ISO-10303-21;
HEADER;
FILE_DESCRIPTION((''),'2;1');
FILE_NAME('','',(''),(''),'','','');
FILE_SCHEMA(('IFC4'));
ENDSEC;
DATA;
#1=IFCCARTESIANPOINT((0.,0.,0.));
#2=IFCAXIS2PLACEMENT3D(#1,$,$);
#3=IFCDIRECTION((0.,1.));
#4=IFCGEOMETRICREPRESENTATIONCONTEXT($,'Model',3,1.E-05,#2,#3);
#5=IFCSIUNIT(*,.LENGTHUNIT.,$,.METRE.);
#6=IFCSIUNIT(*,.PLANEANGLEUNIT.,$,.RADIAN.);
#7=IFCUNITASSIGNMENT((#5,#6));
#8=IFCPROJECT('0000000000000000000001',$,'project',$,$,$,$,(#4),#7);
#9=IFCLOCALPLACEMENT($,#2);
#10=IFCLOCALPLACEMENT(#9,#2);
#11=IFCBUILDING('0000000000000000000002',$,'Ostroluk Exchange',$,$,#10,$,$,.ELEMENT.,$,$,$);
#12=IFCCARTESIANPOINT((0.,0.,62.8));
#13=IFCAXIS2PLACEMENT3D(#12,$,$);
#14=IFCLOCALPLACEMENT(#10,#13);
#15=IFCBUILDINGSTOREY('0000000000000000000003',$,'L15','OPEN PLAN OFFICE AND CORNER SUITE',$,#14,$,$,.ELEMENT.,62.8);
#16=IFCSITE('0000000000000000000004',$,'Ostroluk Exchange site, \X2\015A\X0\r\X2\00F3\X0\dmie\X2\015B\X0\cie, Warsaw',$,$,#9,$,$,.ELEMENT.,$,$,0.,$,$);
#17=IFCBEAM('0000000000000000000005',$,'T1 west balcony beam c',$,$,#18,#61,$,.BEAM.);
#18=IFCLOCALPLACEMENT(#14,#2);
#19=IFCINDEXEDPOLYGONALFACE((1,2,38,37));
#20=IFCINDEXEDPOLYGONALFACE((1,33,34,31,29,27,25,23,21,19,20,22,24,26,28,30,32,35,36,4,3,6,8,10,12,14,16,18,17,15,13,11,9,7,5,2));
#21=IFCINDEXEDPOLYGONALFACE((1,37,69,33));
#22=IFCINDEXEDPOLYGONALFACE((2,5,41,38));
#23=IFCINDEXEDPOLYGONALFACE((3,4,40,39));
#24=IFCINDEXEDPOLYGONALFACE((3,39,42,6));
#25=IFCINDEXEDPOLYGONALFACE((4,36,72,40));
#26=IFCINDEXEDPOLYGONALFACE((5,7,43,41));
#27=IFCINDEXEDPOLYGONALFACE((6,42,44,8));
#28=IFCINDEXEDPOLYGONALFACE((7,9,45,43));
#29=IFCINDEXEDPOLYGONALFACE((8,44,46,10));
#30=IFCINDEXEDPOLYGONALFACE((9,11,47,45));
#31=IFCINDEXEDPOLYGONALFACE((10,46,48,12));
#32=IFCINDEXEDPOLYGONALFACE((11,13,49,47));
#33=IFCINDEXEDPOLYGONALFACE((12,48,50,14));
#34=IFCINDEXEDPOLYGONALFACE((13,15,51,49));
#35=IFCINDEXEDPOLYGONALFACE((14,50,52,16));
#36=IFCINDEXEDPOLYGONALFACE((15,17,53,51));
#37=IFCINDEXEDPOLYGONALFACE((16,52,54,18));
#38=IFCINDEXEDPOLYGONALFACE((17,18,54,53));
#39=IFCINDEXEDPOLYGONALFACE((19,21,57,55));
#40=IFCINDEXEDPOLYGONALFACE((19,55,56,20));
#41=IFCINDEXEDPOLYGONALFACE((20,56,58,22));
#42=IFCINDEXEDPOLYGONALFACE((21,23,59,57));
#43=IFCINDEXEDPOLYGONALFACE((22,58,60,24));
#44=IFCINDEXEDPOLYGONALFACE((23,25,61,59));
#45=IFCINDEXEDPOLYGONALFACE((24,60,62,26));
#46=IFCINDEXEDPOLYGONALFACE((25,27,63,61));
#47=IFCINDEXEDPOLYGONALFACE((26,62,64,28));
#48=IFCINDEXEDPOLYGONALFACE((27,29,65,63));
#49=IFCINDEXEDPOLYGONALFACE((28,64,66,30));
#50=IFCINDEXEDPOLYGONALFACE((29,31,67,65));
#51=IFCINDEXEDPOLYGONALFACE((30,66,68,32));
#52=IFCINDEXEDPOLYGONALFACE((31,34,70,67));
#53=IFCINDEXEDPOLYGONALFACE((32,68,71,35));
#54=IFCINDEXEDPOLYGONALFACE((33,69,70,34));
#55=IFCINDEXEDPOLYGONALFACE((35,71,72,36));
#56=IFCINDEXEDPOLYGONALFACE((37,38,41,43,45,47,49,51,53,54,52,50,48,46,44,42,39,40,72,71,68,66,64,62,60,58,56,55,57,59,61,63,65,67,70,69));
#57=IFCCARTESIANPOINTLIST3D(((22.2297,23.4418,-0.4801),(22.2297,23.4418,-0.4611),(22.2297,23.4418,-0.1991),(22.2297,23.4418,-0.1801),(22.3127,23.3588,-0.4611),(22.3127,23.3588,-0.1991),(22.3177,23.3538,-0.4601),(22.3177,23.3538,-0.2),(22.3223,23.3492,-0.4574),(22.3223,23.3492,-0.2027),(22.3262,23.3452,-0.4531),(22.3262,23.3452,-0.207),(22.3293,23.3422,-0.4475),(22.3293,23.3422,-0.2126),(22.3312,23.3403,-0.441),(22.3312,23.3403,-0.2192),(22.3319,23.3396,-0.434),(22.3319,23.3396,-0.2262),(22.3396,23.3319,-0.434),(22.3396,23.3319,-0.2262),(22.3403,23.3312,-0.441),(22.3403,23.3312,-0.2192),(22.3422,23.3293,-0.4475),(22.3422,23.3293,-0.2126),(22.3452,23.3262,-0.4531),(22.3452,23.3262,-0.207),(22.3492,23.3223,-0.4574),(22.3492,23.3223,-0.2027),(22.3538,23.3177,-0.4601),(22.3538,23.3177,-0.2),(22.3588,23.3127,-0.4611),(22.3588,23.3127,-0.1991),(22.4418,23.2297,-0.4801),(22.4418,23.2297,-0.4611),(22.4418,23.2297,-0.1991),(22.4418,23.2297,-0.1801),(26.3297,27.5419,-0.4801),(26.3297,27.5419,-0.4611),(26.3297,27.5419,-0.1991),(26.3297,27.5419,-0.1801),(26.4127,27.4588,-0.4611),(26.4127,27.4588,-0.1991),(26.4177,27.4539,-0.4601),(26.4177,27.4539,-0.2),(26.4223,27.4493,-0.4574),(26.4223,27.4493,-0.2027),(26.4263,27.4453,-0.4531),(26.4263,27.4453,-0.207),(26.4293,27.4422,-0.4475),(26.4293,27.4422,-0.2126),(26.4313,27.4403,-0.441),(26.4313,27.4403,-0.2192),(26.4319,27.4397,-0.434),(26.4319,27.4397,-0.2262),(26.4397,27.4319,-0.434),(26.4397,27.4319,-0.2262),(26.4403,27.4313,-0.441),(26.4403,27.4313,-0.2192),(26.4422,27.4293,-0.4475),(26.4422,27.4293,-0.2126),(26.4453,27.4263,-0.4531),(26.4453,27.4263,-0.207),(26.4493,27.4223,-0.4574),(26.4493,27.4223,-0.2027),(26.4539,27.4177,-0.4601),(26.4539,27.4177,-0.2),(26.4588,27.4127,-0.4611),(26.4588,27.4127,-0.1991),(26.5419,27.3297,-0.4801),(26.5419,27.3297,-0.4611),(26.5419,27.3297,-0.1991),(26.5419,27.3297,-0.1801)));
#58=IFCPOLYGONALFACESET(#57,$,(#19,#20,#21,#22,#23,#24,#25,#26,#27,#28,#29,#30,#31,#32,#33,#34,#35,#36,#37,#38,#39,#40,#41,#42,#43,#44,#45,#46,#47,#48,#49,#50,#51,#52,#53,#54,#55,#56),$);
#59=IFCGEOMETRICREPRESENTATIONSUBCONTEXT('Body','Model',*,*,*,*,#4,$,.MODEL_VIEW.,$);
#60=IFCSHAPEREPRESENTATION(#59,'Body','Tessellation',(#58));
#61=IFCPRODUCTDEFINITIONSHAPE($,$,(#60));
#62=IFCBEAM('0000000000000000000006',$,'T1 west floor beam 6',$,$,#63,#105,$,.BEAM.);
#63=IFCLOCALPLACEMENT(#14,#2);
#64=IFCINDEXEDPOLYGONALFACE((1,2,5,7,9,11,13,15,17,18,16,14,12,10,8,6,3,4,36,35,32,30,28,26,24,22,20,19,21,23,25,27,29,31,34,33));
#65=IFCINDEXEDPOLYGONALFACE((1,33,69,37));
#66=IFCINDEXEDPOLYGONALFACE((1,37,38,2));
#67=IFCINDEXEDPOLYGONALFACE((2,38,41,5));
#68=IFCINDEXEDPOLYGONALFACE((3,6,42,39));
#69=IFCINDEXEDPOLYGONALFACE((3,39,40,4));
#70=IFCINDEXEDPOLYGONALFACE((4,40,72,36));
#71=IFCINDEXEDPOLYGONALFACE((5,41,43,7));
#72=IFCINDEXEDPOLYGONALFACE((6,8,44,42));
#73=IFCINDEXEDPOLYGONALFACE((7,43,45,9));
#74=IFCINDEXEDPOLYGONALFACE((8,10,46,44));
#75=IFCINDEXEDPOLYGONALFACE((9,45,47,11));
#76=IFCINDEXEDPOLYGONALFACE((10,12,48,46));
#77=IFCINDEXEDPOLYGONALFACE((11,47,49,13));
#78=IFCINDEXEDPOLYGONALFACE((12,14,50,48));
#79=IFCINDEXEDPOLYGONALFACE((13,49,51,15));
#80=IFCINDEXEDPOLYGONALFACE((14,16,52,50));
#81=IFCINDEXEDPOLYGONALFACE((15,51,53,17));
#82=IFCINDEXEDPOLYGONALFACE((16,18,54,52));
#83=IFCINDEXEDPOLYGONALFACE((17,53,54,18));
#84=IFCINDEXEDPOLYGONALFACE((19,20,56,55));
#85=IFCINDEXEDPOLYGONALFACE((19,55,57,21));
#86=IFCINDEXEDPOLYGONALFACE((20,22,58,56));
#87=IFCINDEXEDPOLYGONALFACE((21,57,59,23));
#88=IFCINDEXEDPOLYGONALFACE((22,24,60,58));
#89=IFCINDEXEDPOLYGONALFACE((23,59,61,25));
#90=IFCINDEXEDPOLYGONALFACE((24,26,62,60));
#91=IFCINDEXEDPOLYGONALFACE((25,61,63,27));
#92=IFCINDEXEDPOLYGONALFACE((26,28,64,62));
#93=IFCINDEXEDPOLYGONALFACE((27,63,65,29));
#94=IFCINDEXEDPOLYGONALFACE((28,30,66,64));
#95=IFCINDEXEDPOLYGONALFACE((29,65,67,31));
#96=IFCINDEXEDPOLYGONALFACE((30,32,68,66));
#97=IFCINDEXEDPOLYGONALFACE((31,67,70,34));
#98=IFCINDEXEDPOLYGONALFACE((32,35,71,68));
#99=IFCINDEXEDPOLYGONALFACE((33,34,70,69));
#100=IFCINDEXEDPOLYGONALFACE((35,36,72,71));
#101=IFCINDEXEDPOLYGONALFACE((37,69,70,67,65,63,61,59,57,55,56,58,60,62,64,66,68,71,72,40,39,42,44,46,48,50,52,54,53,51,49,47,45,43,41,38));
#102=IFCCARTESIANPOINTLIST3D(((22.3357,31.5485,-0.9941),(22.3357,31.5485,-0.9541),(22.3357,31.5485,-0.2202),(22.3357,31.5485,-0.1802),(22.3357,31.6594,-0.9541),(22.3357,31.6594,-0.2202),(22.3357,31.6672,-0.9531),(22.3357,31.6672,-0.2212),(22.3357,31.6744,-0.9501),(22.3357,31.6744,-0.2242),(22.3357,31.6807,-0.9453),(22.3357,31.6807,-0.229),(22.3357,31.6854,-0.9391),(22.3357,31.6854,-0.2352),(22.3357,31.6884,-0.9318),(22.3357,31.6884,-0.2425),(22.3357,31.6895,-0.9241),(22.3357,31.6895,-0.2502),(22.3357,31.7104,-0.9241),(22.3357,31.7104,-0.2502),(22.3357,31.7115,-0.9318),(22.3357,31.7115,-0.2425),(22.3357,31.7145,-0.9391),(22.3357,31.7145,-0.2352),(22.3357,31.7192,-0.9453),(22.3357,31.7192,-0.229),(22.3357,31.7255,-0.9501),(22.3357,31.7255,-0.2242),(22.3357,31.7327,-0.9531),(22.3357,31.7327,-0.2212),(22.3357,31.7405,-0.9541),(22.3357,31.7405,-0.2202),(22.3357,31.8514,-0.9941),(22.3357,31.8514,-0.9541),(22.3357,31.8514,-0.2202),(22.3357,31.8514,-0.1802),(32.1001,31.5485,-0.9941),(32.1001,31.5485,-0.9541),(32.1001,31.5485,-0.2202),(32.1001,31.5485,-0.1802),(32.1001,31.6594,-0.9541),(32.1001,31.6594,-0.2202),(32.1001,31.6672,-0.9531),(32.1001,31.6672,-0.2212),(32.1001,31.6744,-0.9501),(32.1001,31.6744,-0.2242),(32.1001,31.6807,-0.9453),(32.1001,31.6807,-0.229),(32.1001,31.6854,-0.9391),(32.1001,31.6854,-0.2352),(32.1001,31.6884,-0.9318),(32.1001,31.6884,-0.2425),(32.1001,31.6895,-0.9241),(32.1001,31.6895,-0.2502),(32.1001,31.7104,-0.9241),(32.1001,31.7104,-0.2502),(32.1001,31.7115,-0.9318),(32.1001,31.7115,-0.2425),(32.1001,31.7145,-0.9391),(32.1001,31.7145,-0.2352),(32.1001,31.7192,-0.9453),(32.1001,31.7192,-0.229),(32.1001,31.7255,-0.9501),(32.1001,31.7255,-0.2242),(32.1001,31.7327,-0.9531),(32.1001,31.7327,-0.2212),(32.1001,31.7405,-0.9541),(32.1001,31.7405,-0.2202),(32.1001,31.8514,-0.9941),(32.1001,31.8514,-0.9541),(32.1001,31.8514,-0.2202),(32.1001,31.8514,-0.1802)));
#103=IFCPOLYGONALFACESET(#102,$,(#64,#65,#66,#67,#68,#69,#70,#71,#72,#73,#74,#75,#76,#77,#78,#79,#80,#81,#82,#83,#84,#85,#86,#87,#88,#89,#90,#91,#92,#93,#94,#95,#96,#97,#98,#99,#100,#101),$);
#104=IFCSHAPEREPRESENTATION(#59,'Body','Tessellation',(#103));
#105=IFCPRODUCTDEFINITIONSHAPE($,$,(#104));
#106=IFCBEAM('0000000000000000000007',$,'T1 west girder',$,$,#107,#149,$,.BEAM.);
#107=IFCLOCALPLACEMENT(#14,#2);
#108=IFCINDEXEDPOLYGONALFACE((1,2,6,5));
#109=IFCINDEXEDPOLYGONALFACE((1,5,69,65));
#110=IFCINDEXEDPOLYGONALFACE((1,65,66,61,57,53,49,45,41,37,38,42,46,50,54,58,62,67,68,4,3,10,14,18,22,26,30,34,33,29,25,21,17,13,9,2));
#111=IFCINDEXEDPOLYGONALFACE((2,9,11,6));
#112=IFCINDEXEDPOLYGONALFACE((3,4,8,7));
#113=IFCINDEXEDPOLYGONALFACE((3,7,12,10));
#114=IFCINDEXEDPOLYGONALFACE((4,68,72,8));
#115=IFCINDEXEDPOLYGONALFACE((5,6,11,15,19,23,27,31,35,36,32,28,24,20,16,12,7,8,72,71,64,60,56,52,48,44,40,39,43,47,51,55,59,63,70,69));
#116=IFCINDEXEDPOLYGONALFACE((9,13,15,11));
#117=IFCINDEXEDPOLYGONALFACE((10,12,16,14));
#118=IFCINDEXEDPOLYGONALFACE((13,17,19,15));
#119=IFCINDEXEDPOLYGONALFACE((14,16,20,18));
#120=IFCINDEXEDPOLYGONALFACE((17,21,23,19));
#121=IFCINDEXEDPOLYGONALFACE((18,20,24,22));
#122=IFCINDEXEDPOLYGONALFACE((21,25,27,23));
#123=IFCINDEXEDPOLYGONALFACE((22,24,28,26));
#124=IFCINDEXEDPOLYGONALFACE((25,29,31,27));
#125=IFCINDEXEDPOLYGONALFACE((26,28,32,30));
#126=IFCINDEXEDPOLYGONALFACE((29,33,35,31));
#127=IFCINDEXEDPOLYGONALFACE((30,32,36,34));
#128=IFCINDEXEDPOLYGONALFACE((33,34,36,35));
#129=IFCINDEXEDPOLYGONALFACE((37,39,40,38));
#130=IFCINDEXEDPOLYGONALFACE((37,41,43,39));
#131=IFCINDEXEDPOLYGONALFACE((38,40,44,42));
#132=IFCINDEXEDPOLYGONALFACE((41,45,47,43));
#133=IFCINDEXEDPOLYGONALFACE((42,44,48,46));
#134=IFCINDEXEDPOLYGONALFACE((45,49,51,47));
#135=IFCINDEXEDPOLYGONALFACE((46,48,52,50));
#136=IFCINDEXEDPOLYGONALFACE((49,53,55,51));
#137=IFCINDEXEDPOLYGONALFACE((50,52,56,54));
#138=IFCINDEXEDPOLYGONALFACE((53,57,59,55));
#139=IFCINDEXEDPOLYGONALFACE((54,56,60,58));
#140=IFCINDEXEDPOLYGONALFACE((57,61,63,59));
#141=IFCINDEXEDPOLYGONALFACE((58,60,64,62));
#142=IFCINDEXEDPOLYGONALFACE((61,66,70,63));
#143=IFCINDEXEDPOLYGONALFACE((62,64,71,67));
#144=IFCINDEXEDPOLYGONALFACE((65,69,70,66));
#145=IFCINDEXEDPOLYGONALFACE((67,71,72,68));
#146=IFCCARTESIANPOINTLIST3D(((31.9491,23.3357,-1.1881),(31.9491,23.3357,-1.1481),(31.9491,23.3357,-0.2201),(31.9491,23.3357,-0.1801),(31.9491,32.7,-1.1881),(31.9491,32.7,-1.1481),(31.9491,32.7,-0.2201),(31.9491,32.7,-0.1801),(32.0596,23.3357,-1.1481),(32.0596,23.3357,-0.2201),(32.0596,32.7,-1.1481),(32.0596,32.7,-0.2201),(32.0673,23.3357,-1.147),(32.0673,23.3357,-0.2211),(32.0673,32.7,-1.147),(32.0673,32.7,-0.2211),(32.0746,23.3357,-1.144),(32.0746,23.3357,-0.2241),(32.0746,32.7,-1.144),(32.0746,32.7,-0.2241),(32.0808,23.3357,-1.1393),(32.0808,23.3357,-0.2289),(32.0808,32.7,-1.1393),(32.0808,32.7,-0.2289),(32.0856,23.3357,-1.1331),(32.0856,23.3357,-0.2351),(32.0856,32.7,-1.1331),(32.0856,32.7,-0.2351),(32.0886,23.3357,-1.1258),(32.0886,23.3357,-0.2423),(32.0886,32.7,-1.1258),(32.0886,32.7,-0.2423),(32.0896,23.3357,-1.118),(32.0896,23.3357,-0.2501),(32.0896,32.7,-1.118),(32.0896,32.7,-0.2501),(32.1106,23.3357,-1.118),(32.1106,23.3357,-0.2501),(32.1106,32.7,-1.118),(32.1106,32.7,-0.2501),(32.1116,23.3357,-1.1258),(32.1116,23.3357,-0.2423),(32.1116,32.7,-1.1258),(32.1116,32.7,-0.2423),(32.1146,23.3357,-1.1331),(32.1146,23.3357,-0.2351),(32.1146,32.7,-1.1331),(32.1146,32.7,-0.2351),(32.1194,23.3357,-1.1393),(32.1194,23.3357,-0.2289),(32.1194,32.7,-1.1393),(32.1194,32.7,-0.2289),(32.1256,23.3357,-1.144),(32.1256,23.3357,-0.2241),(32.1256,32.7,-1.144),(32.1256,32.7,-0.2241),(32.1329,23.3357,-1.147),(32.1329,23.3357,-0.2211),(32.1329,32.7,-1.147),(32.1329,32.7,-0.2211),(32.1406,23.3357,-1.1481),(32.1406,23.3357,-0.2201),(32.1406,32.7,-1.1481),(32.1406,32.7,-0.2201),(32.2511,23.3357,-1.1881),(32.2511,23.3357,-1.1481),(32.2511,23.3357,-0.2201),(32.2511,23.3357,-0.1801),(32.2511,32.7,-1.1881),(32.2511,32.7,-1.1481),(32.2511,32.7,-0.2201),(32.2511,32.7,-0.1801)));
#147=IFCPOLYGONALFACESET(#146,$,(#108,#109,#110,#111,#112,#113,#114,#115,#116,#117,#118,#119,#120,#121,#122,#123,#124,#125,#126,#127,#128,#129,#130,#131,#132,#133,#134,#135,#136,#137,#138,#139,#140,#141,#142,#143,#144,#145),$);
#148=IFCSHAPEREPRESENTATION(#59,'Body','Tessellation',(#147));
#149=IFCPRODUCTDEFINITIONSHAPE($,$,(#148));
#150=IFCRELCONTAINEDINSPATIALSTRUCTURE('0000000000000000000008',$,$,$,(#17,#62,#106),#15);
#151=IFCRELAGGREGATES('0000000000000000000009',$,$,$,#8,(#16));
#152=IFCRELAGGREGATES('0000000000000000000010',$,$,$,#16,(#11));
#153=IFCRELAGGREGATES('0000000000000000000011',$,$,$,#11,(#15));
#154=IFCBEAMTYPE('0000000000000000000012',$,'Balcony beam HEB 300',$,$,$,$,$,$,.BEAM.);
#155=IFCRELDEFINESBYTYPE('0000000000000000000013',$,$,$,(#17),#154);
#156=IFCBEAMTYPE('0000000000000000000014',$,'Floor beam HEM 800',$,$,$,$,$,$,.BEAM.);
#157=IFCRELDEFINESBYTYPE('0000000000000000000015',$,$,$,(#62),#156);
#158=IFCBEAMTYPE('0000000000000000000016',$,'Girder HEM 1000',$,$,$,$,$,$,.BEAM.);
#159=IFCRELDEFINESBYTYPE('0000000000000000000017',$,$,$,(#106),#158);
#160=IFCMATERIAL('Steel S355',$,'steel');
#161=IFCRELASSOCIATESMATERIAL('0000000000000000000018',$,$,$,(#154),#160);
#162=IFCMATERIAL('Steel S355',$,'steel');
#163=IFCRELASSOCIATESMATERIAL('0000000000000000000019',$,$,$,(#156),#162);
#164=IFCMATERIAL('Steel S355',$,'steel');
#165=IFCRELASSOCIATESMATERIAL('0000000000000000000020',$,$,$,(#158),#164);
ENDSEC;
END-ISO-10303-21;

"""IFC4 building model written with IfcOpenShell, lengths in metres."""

from ifc_helpers import new_model, si_unit, direction, frame, origin, origin_2d, place, context, subcontext, project, spatial, i_section, extrude, material, material_profile, profile_set, type_object, element, save


model = new_model("IFC4")

# Units and contexts
model_context = context("Model", 3, precision=1e-05, world=origin(), true_north=direction((0.0, 1.0)))
body_context = subcontext(model_context, "Body", "Model", "MODEL_VIEW")
ifc_project = project(units=[si_unit("LENGTHUNIT", "METRE"), si_unit("PLANEANGLEUNIT", "RADIAN")], contexts=[model_context])

# Site, building, storey
site_placement = place(None, origin())
site = spatial("IfcSite", under=ifc_project, at=site_placement, Name="Ostroluk Exchange site, Śródmieście, Warsaw", CompositionType="ELEMENT", RefElevation=0.0)
building_placement = place(site_placement, origin())
building = spatial("IfcBuilding", under=site, at=building_placement, Name="Ostroluk Exchange", CompositionType="ELEMENT")
storey_placement = place(building_placement, frame((0.0, 0.0, 62.8)))
storey = spatial("IfcBuildingStorey", under=building, at=storey_placement, Name="L15", Description="OPEN PLAN OFFICE AND CORNER SUITE", CompositionType="ELEMENT", Elevation=62.8)

# Beams
ifc_material_1 = material(Name="Steel S355", Category="steel")
ifc_material_profile_1 = material_profile(ifc_material_1, i_section(OverallWidth=0.3, OverallDepth=0.3, WebThickness=0.011, FlangeThickness=0.019, FilletRadius=0.0271, at=origin_2d()), Name="HEB 300")
ifc_profile_set_1 = profile_set([ifc_material_profile_1], Name="Steel S355")
beam_type_1 = type_object("IfcBeamType", Name="Balcony beam HEB 300", PredefinedType="BEAM", material=ifc_profile_set_1)
beam_1_placement = place(storey_placement, frame((26.4358, 27.4358, -0.3301), z_axis=(-0.707107, -0.707107, 0.0), x_axis=(0.707107, -0.707107, 0.0)))
element("IfcBeam", 1, at=beam_1_placement, inside=storey, type_object=beam_type_1, Name="T1 west balcony beam c", PredefinedType="BEAM", context=body_context, shape_type="SweptSolid", body=[
    extrude(i_section(OverallWidth=0.3, OverallDepth=0.3, WebThickness=0.011, FlangeThickness=0.019, FilletRadius=0.0271, at=origin_2d()), origin(), (0.0, 0.0, 1.0), 5.7983),
])
ifc_material_2 = material(Name="Steel S355", Category="steel")
ifc_material_profile_2 = material_profile(ifc_material_2, i_section(OverallWidth=0.303, OverallDepth=0.814, WebThickness=0.021, FlangeThickness=0.04, FilletRadius=0.03, at=origin_2d()), Name="HEM 800")
ifc_profile_set_2 = profile_set([ifc_material_profile_2], Name="Steel S355")
beam_type_2 = type_object("IfcBeamType", Name="Floor beam HEM 800", PredefinedType="BEAM", material=ifc_profile_set_2)
beam_2_placement = place(storey_placement, frame((32.1001, 31.7, -0.5872), z_axis=(-1.0, 0.0, 0.0), x_axis=(0.0, -1.0, 0.0)))
element("IfcBeam", 2, at=beam_2_placement, inside=storey, type_object=beam_type_2, Name="T1 west floor beam 6", PredefinedType="BEAM", context=body_context, shape_type="SweptSolid", body=[
    extrude(i_section(OverallWidth=0.303, OverallDepth=0.814, WebThickness=0.021, FlangeThickness=0.04, FilletRadius=0.03, at=origin_2d()), origin(), (0.0, 0.0, 1.0), 9.7644),
])
ifc_material_3 = material(Name="Steel S355", Category="steel")
ifc_material_profile_3 = material_profile(ifc_material_3, i_section(OverallWidth=0.302, OverallDepth=1.0081, WebThickness=0.021, FlangeThickness=0.04, FilletRadius=0.03, at=origin_2d()), Name="HEM 1000")
ifc_profile_set_3 = profile_set([ifc_material_profile_3], Name="Steel S355")
beam_type_3 = type_object("IfcBeamType", Name="Girder HEM 1000", PredefinedType="BEAM", material=ifc_profile_set_3)
beam_3_placement = place(storey_placement, frame((32.1001, 32.7, -0.6841), z_axis=(0.0, -1.0, 0.0), x_axis=(1.0, 0.0, 0.0)))
element("IfcBeam", 3, at=beam_3_placement, inside=storey, type_object=beam_type_3, Name="T1 west girder", PredefinedType="BEAM", context=body_context, shape_type="SweptSolid", body=[
    extrude(i_section(OverallWidth=0.302, OverallDepth=1.0081, WebThickness=0.021, FlangeThickness=0.04, FilletRadius=0.03, at=origin_2d()), origin(), (0.0, 0.0, 1.0), 9.3643),
])

save(model, "model.ifc")
